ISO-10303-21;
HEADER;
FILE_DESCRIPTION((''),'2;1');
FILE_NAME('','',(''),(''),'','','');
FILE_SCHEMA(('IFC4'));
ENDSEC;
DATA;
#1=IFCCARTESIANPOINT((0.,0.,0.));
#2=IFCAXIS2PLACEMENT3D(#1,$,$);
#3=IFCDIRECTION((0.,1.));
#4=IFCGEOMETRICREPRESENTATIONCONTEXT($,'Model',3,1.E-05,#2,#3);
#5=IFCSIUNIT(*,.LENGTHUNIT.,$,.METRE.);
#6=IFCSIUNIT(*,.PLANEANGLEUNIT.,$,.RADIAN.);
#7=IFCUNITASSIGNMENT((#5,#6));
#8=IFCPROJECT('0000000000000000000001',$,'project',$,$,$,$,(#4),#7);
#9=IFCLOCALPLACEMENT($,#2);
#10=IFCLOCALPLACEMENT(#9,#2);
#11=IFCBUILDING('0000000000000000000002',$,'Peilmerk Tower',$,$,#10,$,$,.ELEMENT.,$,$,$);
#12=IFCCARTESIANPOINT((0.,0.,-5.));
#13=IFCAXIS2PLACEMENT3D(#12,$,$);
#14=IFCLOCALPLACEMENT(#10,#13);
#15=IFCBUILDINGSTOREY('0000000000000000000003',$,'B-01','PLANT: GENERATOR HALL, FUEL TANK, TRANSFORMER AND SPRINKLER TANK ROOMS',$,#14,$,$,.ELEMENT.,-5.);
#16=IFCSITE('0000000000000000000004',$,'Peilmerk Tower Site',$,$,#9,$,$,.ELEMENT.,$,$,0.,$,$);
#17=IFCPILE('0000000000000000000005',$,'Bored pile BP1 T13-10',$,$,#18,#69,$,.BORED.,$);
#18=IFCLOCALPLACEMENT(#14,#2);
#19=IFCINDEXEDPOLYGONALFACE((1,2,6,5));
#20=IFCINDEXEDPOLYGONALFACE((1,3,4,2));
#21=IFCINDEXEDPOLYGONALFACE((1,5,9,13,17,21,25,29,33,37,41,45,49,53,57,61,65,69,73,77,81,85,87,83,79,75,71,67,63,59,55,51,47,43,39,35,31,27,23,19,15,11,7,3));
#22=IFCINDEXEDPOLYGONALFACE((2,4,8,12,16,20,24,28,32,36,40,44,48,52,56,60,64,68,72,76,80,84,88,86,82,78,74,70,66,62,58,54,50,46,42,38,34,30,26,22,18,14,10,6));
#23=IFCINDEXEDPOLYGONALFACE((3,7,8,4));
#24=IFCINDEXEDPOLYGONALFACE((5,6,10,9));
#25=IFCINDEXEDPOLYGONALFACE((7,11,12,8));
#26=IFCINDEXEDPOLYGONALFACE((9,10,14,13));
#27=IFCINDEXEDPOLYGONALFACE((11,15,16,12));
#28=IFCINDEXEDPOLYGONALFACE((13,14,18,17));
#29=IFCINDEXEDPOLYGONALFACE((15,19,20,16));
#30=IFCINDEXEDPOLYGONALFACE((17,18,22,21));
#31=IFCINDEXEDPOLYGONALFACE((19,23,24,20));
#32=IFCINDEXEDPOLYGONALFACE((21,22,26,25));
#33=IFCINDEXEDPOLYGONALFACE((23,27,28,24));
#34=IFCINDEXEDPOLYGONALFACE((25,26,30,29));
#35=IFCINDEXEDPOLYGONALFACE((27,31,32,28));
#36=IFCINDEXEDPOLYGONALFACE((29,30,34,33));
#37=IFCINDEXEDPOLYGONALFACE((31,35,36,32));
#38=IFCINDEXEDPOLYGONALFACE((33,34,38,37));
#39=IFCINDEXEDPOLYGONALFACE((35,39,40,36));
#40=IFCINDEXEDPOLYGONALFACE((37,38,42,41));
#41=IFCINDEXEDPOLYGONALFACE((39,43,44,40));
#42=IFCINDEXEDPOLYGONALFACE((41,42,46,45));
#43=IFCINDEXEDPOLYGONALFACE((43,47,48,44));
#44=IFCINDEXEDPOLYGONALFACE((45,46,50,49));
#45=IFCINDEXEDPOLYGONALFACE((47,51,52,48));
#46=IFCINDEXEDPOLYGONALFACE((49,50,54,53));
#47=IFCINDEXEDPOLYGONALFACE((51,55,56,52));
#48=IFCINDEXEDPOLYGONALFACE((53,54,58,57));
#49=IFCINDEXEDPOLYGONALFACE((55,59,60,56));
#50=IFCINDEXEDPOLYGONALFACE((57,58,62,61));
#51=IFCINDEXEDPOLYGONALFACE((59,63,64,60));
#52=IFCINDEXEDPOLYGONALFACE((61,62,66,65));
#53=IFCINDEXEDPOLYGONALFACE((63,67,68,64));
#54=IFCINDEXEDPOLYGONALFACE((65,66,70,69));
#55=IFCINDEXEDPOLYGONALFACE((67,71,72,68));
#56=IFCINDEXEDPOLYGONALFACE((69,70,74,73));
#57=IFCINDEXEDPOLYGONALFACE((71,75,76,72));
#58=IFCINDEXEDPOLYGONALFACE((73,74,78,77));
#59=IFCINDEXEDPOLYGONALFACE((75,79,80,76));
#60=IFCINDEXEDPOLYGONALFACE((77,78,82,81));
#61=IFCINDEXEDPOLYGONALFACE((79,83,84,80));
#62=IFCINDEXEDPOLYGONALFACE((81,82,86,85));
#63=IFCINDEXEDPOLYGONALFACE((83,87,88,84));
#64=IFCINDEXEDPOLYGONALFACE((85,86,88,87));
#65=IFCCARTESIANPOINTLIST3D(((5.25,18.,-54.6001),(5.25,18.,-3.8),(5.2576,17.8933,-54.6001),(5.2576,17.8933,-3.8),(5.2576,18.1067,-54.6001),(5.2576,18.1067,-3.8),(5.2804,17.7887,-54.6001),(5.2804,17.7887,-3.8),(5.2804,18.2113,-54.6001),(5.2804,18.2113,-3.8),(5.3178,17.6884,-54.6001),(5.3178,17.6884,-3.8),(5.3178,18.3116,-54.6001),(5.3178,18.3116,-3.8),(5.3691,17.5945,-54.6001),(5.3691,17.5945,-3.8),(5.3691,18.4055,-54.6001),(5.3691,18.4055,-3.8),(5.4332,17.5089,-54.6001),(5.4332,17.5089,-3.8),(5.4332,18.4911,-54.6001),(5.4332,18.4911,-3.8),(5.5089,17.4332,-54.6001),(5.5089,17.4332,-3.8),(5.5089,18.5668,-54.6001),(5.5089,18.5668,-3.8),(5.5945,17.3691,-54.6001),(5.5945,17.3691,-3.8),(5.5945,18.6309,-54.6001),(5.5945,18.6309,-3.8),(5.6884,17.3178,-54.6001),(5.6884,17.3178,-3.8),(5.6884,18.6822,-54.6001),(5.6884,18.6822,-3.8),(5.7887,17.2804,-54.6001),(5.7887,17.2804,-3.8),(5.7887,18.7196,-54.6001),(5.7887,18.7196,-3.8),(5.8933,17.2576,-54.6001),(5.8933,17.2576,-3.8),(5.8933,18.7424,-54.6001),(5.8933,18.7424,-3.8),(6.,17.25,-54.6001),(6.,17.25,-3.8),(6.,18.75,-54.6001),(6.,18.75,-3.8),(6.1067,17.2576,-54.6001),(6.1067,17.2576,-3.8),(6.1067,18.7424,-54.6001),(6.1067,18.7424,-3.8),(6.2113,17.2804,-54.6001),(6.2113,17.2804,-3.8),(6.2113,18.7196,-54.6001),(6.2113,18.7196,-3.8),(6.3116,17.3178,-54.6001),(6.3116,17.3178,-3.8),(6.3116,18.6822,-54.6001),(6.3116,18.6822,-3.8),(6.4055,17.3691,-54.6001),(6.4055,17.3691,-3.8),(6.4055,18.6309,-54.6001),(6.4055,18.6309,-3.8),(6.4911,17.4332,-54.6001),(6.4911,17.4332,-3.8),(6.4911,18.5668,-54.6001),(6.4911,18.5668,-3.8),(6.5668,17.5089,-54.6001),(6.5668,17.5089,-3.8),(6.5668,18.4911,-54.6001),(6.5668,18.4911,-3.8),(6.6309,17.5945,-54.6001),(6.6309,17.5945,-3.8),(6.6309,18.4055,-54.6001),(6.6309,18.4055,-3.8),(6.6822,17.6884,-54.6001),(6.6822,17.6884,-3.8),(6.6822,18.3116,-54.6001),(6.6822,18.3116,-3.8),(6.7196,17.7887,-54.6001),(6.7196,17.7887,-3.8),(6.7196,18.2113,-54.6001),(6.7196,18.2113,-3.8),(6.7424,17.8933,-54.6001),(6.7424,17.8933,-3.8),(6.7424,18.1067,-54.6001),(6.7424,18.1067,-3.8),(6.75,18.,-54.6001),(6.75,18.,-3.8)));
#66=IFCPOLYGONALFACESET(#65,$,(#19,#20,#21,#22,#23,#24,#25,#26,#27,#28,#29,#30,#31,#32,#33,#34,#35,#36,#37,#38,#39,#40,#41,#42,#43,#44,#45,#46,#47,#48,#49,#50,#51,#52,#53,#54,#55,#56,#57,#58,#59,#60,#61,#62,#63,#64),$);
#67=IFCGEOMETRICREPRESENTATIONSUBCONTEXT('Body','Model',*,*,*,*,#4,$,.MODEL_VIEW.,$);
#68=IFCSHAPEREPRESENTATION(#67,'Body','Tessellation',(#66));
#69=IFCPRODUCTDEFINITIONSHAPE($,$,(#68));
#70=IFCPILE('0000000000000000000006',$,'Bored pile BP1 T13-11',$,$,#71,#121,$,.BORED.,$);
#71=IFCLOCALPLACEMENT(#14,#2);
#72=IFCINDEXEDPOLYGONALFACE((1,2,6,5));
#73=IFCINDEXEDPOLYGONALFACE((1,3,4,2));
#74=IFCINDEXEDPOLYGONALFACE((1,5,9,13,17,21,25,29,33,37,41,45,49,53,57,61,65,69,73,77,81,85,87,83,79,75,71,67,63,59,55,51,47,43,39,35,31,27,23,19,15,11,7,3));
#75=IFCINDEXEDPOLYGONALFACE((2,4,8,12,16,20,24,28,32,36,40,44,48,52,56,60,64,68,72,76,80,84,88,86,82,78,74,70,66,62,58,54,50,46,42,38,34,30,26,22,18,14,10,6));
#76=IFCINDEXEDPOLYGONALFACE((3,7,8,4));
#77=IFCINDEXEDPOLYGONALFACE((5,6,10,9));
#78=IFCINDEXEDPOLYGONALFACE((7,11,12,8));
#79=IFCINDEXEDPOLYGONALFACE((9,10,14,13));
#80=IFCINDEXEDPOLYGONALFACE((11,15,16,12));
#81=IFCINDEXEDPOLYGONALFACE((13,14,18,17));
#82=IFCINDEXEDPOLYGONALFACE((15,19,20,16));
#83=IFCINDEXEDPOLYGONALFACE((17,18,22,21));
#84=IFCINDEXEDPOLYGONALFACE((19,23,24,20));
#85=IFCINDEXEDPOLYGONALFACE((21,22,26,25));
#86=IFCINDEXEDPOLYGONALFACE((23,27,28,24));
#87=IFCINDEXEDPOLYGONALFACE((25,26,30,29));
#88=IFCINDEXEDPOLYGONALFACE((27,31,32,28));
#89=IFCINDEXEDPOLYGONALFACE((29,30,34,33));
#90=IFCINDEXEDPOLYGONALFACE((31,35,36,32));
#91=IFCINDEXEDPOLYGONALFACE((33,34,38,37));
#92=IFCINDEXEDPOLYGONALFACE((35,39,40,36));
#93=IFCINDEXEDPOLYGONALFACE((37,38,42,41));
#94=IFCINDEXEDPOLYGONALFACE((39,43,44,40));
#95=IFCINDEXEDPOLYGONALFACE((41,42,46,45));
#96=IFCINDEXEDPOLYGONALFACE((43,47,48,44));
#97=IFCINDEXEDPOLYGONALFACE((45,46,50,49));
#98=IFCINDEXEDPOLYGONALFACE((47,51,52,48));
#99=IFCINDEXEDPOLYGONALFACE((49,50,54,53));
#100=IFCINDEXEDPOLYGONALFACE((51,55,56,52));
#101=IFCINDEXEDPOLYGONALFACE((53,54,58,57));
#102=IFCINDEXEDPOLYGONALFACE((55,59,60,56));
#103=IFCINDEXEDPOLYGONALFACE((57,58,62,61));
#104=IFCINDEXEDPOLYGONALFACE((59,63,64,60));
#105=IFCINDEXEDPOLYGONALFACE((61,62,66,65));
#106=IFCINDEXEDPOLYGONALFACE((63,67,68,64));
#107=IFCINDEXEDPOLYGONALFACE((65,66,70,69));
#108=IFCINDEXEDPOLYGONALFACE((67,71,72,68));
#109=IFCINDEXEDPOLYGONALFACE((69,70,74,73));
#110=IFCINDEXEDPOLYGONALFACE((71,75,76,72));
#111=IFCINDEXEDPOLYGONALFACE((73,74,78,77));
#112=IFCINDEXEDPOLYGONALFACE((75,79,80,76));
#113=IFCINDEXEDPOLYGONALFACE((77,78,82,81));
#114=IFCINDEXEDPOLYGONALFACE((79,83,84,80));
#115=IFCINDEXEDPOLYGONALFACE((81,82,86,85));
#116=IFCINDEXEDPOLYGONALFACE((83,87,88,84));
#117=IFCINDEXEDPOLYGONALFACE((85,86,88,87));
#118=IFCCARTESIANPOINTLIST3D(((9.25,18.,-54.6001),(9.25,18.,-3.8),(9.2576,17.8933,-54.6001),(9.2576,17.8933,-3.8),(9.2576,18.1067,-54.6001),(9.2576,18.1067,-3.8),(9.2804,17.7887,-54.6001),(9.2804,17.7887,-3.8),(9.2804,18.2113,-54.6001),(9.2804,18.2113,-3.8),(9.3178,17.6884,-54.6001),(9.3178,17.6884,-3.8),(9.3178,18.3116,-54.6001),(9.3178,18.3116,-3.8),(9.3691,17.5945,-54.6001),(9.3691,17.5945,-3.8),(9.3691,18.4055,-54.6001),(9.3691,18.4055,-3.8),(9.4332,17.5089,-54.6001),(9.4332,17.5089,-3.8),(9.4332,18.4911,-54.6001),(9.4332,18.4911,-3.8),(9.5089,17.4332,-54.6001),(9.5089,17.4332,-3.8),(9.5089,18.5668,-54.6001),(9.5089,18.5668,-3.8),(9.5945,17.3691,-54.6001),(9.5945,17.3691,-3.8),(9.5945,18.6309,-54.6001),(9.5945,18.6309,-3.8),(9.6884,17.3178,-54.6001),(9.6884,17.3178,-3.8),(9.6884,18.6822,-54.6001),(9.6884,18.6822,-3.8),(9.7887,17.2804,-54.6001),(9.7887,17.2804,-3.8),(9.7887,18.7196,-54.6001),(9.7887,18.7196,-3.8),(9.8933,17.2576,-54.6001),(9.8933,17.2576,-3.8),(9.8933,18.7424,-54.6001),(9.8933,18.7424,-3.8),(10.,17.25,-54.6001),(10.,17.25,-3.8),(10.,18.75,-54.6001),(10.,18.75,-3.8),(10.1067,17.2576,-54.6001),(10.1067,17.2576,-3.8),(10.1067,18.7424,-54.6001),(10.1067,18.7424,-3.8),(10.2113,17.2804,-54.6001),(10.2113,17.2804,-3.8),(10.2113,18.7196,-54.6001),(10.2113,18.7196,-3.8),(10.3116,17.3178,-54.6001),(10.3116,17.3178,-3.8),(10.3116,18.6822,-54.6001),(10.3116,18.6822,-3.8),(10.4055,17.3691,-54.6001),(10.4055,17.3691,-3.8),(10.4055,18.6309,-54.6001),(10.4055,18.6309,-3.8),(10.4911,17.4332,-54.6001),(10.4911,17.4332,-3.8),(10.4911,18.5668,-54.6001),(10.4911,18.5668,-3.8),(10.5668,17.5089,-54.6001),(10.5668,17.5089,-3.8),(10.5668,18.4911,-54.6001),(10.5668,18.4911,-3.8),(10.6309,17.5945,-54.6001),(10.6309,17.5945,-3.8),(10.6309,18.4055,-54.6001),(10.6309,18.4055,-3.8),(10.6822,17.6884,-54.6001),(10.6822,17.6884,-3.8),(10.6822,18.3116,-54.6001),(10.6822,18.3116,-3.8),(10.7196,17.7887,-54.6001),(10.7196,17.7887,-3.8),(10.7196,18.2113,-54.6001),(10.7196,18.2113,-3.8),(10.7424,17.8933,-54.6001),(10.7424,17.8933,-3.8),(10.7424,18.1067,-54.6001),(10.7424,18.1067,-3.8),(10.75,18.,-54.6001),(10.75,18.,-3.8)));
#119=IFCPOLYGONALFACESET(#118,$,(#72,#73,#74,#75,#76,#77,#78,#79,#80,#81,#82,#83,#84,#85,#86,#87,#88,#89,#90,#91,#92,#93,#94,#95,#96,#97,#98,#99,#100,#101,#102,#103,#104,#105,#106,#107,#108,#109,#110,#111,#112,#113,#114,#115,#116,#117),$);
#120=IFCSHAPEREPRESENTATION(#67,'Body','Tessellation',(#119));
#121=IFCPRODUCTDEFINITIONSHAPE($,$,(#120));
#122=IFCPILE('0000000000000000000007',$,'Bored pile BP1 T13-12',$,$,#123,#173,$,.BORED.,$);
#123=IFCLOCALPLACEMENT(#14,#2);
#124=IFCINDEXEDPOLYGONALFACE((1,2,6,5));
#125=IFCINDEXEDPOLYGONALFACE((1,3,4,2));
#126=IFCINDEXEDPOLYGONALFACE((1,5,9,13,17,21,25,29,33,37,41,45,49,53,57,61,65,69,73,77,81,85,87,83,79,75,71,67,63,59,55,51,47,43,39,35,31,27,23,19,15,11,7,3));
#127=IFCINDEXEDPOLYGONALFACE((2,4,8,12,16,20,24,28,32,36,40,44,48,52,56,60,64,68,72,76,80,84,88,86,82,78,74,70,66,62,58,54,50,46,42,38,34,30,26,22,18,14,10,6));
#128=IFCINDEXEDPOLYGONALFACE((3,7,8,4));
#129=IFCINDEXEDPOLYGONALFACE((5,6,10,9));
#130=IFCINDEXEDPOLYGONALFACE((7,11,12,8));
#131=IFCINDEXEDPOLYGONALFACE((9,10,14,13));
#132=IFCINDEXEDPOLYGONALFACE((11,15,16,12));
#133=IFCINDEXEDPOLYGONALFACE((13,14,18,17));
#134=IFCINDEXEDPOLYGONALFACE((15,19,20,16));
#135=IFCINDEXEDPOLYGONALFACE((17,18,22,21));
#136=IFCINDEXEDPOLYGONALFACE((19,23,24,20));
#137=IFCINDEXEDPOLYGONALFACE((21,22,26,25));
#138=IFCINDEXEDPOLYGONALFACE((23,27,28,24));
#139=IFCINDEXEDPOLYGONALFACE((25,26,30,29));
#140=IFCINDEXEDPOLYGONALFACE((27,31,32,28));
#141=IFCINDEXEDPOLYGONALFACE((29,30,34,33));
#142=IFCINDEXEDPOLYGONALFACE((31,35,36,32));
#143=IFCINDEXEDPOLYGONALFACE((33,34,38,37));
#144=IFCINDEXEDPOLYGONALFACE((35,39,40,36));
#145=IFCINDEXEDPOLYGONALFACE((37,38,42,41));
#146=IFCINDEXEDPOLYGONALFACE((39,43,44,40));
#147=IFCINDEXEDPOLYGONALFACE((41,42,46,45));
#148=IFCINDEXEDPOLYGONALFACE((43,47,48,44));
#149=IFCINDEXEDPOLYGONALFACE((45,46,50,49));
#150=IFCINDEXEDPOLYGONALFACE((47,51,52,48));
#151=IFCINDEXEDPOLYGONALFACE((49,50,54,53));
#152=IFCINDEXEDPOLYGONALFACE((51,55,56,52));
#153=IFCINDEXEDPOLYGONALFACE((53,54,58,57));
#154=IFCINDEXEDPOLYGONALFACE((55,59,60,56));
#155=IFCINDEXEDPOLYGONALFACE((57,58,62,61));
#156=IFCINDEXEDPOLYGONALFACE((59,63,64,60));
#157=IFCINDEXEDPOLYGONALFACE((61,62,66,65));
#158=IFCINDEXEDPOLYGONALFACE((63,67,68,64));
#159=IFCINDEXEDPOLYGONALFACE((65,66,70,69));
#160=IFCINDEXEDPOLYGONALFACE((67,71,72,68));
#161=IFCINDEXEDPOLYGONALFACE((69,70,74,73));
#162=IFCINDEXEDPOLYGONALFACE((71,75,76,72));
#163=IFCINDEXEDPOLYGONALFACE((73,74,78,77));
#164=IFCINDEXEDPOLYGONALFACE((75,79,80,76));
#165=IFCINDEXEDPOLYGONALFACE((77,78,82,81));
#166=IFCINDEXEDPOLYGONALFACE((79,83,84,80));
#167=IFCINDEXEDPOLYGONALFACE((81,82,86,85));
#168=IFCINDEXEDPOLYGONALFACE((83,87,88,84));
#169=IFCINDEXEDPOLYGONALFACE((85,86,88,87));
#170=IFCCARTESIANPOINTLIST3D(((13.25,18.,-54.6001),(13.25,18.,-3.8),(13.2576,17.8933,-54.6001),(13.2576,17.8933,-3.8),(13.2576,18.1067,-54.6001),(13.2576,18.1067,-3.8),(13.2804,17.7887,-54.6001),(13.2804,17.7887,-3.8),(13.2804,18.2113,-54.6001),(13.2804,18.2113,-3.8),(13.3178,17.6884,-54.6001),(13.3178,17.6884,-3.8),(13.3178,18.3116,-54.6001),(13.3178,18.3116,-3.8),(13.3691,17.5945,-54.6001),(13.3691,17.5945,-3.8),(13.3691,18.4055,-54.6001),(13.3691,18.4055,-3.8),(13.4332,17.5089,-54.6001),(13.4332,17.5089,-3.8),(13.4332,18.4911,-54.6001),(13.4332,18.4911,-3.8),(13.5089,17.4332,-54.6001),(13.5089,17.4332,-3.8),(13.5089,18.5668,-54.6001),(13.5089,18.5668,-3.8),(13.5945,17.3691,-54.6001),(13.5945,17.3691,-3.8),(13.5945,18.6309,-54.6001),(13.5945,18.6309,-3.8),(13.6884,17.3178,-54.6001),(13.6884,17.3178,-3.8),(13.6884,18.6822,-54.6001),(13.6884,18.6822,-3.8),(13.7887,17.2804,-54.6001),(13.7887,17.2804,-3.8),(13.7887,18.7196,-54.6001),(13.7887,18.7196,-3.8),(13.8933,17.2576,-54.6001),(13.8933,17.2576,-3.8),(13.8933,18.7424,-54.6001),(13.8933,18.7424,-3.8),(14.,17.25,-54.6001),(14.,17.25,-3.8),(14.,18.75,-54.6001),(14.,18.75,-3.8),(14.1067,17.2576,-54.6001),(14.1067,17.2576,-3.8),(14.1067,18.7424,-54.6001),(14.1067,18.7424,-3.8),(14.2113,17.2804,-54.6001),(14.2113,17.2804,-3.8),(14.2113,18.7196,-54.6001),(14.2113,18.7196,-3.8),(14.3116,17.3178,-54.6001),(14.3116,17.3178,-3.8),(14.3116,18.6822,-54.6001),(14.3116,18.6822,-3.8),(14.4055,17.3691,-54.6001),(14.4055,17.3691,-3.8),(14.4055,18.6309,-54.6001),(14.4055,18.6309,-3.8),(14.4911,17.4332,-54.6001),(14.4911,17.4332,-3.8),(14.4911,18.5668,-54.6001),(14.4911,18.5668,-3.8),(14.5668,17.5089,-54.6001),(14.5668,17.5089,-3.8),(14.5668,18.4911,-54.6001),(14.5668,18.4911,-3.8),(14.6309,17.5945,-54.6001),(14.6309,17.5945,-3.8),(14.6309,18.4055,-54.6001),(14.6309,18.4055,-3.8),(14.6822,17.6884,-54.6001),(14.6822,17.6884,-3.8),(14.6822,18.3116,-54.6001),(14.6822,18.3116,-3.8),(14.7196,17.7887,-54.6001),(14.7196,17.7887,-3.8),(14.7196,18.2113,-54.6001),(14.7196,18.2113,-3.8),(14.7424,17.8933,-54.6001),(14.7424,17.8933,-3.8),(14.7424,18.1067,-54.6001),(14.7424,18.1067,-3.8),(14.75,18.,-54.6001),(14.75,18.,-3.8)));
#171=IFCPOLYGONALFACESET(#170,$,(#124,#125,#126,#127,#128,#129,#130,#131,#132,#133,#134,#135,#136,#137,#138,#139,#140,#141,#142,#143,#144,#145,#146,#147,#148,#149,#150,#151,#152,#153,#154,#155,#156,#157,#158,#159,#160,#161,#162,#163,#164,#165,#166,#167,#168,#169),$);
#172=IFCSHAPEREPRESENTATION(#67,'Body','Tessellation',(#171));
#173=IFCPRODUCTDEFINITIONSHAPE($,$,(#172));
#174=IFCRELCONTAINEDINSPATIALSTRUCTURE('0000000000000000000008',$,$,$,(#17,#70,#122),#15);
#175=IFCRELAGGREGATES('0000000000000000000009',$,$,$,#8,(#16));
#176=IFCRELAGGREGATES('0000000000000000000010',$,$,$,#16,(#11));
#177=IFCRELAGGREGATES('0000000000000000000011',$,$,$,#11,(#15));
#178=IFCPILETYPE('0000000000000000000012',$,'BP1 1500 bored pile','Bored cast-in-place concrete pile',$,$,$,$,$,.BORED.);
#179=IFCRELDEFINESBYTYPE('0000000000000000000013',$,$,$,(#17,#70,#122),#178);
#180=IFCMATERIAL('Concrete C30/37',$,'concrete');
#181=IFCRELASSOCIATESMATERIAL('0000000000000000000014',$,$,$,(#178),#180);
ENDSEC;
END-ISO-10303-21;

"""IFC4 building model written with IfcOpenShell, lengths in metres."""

from ifc_helpers import new_model, si_unit, direction, frame, origin, origin_2d, place, context, subcontext, project, spatial, circle, extrude, material, material_profile, profile_set, type_object, element, save


model = new_model("IFC4")

# Units and contexts
model_context = context("Model", 3, precision=1e-05, world=origin(), true_north=direction((0.0, 1.0)))
body_context = subcontext(model_context, "Body", "Model", "MODEL_VIEW")
ifc_project = project(units=[si_unit("LENGTHUNIT", "METRE"), si_unit("PLANEANGLEUNIT", "RADIAN")], contexts=[model_context])

# Site, building, storey
site_placement = place(None, origin())
site = spatial("IfcSite", under=ifc_project, at=site_placement, Name="Peilmerk Tower Site", CompositionType="ELEMENT", RefElevation=0.0)
building_placement = place(site_placement, origin())
building = spatial("IfcBuilding", under=site, at=building_placement, Name="Peilmerk Tower", CompositionType="ELEMENT")
storey_placement = place(building_placement, frame((0.0, 0.0, -5.0)))
storey = spatial("IfcBuildingStorey", under=building, at=storey_placement, Name="B-01", Description="PLANT: GENERATOR HALL, FUEL TANK, TRANSFORMER AND SPRINKLER TANK ROOMS", CompositionType="ELEMENT", Elevation=-5.0)

# Piles
ifc_material_1 = material(Name="Concrete C30/37", Category="concrete")
ifc_material_profile_1 = material_profile(ifc_material_1, circle(Radius=0.75, at=origin_2d()), Name="BP 1500")
ifc_profile_set_1 = profile_set([ifc_material_profile_1], Name="Concrete C30/37")
pile_type = type_object("IfcPileType", Name="BP1 1500 bored pile", Description="Bored cast-in-place concrete pile", PredefinedType="BORED", material=ifc_profile_set_1)
for number, where, z_axis, x_axis, name in (
    (1, (6.0, 18.0, -3.8), (0.0, 0.0, -1.0), (1.0, 0.0, 0.0), "Bored pile BP1 T13-10"),
    (2, (10.0, 18.0, -3.8), (0.0, 0.0, -1.0), (1.0, 0.0, 0.0), "Bored pile BP1 T13-11"),
    (3, (14.0, 18.0, -3.8), (0.0, 0.0, -1.0), (1.0, 0.0, 0.0), "Bored pile BP1 T13-12"),
):
    element("IfcPile", number, at=place(storey_placement, frame(where, z_axis=z_axis, x_axis=x_axis)), inside=storey, type_object=pile_type, Name=name, PredefinedType="BORED", context=body_context, shape_type="SweptSolid", body=[
        extrude(circle(Radius=0.75, at=origin_2d()), origin(), (0.0, 0.0, 1.0), 50.8),
    ])

save(model, "model.ifc")
